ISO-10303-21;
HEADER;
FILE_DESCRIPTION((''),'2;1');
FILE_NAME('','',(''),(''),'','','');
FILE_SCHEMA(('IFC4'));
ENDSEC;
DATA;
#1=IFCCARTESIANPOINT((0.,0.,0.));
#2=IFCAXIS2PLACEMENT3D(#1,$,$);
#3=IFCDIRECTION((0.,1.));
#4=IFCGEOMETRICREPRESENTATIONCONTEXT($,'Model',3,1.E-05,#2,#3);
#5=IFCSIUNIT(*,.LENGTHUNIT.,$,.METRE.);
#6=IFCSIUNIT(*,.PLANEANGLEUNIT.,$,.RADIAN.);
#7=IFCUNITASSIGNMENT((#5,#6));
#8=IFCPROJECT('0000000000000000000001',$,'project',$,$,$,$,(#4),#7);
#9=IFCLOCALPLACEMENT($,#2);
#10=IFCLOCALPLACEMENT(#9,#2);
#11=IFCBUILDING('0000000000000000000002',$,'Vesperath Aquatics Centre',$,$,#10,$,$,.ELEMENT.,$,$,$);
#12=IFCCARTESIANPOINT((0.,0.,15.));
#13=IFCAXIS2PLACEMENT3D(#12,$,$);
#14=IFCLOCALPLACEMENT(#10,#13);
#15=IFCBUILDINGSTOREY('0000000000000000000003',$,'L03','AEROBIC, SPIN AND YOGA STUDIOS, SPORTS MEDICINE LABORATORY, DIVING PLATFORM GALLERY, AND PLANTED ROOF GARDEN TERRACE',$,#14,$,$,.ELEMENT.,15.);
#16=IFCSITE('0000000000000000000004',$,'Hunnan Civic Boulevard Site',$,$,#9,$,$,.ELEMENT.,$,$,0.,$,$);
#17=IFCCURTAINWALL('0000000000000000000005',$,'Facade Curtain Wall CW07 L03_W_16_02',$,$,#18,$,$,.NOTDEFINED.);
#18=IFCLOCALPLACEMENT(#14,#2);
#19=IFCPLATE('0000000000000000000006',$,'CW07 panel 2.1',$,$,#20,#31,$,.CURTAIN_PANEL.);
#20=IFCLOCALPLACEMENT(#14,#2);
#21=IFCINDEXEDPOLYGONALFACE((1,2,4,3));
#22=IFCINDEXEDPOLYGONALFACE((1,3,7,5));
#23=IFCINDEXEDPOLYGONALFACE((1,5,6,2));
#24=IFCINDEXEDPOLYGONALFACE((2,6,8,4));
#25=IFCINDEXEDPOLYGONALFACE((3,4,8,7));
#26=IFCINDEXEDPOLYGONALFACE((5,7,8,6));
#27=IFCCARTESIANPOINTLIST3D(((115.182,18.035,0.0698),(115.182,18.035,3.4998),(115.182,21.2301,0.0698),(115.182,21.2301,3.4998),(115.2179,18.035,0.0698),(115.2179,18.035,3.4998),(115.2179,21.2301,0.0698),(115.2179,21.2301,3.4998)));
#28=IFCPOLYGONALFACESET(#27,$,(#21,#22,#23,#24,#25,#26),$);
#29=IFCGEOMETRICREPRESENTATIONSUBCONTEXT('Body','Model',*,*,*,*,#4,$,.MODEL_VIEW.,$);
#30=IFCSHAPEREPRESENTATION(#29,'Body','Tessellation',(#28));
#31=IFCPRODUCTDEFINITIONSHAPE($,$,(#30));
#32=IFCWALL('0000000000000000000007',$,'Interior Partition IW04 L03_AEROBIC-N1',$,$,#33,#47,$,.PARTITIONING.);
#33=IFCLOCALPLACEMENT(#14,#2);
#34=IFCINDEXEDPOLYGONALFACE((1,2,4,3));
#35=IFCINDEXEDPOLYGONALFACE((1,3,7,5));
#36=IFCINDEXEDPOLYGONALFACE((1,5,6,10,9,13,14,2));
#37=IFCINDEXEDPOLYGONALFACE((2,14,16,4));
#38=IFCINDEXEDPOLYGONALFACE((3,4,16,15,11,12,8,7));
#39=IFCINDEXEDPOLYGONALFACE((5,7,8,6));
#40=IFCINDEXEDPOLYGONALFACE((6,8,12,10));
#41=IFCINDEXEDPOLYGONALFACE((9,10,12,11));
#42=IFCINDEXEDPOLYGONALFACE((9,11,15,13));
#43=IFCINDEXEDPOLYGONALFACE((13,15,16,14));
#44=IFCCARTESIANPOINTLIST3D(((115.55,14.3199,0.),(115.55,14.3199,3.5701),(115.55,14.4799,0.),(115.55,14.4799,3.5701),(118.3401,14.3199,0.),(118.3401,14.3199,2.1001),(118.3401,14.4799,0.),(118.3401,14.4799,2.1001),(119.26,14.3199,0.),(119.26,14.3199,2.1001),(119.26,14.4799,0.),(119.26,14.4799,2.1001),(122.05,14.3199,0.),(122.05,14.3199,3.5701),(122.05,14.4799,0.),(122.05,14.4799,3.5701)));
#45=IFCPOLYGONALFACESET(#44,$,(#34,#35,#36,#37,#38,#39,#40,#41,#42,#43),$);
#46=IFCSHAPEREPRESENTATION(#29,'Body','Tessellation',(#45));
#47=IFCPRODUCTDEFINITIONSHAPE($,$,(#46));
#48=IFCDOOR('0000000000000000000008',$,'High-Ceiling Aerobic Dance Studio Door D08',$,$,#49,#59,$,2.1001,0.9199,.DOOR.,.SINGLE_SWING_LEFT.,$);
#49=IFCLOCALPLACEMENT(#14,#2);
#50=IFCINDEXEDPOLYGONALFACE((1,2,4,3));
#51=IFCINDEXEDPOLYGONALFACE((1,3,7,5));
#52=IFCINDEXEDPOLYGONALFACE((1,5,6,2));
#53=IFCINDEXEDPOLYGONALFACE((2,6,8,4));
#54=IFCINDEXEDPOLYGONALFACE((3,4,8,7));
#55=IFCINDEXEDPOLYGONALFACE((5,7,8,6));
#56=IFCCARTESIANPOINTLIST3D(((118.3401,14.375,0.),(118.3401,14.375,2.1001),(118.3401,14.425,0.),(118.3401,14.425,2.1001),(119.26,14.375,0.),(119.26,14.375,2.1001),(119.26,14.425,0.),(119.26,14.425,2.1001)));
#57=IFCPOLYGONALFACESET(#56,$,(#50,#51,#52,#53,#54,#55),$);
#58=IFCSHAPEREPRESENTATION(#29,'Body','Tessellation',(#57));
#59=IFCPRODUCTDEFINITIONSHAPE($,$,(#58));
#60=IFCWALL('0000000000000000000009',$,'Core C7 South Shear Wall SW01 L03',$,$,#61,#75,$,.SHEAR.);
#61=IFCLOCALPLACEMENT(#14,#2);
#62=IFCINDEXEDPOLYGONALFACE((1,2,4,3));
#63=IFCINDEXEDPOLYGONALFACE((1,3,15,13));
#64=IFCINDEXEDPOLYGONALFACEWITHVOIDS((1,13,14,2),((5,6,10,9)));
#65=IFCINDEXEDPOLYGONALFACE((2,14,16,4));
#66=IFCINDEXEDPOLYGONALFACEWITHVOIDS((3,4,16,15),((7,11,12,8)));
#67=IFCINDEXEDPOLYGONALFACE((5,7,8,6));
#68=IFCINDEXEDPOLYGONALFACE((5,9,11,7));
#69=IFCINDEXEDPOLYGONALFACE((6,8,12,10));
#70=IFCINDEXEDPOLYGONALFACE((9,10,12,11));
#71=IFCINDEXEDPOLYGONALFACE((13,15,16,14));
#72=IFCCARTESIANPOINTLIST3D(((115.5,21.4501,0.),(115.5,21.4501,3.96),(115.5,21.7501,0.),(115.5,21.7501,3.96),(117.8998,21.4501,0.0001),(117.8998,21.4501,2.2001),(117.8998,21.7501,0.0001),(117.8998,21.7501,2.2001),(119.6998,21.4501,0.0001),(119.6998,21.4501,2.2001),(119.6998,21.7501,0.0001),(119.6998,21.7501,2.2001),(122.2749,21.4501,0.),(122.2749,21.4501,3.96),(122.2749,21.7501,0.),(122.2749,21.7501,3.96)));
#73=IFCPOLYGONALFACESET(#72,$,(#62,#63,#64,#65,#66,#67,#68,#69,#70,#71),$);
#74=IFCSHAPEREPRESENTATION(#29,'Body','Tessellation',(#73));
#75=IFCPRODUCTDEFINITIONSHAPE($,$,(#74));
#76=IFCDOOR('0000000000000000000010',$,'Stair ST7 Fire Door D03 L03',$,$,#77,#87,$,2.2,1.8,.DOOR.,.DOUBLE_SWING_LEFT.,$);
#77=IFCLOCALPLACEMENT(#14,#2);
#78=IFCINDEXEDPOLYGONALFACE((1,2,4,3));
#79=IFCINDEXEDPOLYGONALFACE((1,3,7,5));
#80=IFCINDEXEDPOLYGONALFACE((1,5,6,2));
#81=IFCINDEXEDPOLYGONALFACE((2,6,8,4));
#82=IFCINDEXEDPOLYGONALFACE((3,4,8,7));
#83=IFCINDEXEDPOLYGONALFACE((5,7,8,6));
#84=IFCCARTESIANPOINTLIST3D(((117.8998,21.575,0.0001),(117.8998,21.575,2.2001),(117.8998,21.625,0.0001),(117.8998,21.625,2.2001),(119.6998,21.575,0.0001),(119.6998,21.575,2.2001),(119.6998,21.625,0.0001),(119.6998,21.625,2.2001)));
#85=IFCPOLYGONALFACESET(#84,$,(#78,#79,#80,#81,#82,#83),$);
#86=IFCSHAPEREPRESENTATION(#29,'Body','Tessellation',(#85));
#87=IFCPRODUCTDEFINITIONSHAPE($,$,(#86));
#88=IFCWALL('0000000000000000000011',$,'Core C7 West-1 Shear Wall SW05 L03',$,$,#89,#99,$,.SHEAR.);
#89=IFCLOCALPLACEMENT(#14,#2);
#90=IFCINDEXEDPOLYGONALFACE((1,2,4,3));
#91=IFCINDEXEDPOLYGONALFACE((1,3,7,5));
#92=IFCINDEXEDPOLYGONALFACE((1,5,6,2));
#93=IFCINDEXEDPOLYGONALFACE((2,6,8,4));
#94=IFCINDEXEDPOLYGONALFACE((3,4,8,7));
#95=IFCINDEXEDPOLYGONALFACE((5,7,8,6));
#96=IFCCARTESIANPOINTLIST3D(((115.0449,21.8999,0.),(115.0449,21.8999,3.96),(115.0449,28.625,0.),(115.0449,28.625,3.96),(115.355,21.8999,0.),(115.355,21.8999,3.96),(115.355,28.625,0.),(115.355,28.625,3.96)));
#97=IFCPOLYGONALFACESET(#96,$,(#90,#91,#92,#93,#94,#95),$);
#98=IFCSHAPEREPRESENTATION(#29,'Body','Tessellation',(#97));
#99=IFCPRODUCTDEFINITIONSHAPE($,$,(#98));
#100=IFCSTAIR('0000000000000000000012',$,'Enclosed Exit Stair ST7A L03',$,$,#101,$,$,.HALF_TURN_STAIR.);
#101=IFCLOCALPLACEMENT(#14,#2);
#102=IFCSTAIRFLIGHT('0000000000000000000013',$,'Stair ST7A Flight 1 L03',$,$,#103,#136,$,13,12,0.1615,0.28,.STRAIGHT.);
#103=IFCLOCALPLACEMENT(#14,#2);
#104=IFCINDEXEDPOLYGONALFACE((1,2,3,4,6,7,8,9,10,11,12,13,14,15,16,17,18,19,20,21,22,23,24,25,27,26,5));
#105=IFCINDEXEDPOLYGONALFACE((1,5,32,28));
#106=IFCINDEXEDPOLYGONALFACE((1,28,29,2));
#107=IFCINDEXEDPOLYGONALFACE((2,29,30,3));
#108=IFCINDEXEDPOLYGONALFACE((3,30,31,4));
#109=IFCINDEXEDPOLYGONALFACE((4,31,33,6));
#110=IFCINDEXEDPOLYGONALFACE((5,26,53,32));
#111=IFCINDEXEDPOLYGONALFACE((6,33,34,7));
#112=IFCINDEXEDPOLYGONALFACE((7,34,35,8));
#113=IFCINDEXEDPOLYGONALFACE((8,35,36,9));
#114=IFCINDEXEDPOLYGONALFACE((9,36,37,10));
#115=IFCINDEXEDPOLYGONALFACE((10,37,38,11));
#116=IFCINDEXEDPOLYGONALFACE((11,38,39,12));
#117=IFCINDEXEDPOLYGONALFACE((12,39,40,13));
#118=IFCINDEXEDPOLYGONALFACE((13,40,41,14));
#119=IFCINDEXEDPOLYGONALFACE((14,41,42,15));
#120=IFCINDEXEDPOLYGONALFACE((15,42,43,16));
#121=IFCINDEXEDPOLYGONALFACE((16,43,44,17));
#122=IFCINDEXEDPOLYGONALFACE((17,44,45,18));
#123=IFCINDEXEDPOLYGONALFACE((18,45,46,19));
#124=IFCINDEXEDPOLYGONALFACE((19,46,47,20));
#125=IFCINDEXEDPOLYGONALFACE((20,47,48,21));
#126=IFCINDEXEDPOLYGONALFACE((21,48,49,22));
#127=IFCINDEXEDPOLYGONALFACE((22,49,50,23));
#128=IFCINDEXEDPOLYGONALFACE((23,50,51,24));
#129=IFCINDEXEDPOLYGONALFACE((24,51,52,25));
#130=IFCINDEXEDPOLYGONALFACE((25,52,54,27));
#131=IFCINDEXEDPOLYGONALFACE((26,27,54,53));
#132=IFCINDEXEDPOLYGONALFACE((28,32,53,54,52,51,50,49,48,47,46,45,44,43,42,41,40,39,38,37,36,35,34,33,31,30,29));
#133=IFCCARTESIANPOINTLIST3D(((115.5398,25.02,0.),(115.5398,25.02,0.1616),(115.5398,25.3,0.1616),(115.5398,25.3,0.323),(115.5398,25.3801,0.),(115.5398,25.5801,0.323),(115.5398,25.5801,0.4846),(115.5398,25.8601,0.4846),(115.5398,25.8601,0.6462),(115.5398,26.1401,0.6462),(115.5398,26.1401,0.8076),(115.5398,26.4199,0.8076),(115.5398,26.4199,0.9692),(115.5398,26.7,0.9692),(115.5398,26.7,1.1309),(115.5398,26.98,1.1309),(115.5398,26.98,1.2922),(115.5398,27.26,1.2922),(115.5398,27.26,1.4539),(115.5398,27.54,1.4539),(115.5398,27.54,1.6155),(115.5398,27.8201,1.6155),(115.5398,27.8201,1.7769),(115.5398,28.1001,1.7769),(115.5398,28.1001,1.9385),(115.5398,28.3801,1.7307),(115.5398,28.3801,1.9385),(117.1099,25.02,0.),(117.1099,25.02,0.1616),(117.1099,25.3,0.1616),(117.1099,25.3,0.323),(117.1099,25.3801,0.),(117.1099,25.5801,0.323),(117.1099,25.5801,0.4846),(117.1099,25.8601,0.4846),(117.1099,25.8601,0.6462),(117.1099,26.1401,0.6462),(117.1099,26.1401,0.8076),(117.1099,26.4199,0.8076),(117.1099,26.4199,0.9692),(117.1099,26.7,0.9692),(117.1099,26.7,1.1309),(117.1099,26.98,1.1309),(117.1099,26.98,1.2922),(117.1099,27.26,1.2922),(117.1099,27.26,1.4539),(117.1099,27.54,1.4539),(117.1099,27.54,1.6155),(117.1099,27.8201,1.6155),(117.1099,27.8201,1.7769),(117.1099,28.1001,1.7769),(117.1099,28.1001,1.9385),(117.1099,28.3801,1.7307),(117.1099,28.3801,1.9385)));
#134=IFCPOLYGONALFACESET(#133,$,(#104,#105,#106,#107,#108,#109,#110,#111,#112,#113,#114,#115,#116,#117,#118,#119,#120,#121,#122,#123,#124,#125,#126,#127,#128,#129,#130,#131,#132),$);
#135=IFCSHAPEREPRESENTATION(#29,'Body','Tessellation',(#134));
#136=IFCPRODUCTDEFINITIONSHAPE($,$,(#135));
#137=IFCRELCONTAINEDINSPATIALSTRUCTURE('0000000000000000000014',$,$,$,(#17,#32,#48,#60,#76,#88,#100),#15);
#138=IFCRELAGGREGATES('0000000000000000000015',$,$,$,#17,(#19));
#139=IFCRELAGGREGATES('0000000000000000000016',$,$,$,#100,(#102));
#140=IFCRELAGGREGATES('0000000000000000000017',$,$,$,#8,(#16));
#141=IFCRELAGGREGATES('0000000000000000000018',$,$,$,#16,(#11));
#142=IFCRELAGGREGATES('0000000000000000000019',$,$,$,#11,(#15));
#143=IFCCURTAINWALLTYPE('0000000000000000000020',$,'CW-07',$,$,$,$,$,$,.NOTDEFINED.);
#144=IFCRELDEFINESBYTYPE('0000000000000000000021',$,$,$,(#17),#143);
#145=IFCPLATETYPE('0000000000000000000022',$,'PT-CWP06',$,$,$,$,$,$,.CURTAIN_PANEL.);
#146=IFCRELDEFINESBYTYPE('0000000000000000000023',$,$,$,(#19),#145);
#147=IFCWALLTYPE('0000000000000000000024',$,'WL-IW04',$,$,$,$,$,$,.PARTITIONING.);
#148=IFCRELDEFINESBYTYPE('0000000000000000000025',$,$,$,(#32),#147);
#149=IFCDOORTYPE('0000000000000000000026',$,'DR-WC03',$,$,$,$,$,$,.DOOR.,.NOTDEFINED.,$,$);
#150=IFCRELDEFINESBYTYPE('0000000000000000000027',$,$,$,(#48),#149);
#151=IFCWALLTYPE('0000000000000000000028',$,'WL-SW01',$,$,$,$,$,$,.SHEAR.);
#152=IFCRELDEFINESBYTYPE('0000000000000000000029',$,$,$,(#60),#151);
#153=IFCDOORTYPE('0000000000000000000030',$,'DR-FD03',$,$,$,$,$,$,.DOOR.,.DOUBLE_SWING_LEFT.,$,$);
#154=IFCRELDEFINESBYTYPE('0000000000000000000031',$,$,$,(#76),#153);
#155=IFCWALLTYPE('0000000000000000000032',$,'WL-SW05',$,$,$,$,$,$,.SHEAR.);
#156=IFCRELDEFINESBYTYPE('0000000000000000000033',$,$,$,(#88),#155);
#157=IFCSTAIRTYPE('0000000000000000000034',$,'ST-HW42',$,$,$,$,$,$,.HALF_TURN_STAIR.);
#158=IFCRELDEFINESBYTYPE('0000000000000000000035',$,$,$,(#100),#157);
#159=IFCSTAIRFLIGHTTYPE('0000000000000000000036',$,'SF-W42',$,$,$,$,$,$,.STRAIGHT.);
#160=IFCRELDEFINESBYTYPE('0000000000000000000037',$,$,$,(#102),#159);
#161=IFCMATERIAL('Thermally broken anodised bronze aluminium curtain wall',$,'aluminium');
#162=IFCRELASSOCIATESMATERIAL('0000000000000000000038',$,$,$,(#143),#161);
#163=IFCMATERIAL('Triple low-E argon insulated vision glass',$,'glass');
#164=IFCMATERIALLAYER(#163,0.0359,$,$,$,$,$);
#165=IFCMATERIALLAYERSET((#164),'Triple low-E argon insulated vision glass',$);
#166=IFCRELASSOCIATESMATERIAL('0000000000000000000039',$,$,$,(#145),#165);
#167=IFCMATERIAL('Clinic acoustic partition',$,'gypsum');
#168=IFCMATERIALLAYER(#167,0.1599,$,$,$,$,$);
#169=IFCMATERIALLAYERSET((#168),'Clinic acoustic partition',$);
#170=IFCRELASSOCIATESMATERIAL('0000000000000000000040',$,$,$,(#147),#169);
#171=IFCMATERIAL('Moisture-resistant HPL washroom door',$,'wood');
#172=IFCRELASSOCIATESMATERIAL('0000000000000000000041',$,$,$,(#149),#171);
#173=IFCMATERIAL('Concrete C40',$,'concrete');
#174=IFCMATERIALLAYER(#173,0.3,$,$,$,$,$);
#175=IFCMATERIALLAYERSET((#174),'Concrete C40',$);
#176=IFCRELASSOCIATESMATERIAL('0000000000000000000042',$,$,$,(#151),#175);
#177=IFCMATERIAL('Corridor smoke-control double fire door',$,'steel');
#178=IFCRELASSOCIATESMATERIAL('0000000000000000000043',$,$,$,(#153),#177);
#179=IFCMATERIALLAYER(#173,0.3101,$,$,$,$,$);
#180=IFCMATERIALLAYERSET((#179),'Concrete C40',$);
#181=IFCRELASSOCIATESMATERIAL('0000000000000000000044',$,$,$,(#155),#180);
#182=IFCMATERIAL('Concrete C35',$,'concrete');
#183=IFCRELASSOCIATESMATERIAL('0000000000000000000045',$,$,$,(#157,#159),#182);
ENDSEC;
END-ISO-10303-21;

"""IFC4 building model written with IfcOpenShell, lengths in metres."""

from ifc_helpers import new_model, si_unit, direction, frame, frame_2d, origin, origin_2d, place, context, subcontext, project, spatial, polyline, rectangle, outline, extrude, material, layer, layer_set, type_object, element, fill, aggregate, save


model = new_model("IFC4")

# Units and contexts
model_context = context("Model", 3, precision=1e-05, world=origin(), true_north=direction((0.0, 1.0)))
body_context = subcontext(model_context, "Body", "Model", "MODEL_VIEW")
ifc_project = project(units=[si_unit("LENGTHUNIT", "METRE"), si_unit("PLANEANGLEUNIT", "RADIAN")], contexts=[model_context])

# Site, building, storey
site_placement = place(None, origin())
site = spatial("IfcSite", under=ifc_project, at=site_placement, Name="Hunnan Civic Boulevard Site", CompositionType="ELEMENT", RefElevation=0.0)
building_placement = place(site_placement, origin())
building = spatial("IfcBuilding", under=site, at=building_placement, Name="Vesperath Aquatics Centre", CompositionType="ELEMENT")
storey_placement = place(building_placement, frame((0.0, 0.0, 15.0)))
storey = spatial("IfcBuildingStorey", under=building, at=storey_placement, Name="L03", Description="AEROBIC, SPIN AND YOGA STUDIOS, SPORTS MEDICINE LABORATORY, DIVING PLATFORM GALLERY, AND PLANTED ROOF GARDEN TERRACE", CompositionType="ELEMENT", Elevation=15.0)

# Shared definitions
ifc_material_1 = material(Name="Concrete C40", Category="concrete")

# Shared definitions
ifc_material_2 = material(Name="Concrete C35", Category="concrete")

# Curtain wall, plate
ifc_material_3 = material(Name="Thermally broken anodised bronze aluminium curtain wall", Category="aluminium")
curtain_wall_type = type_object("IfcCurtainWallType", Name="CW-07", PredefinedType="NOTDEFINED", material=ifc_material_3)
curtain_wall_placement = place(storey_placement, origin())
curtain_wall = element("IfcCurtainWall", 1, at=curtain_wall_placement, inside=storey, type_object=curtain_wall_type, Name="Facade Curtain Wall CW07 L03_W_16_02", PredefinedType="NOTDEFINED")
ifc_material_4 = material(Name="Triple low-E argon insulated vision glass", Category="glass")
ifc_layer_1 = layer(ifc_material_4, 0.0359)
ifc_layer_set_1 = layer_set([ifc_layer_1], Name="Triple low-E argon insulated vision glass")
plate_type = type_object("IfcPlateType", Name="PT-CWP06", PredefinedType="CURTAIN_PANEL", material=ifc_layer_set_1)
plate_1_placement = place(storey_placement, frame((115.2, 19.6326, 0.0698), z_axis=(0.0, 0.0, 1.0), x_axis=(0.0, 1.0, 0.0)))
plate_1 = element("IfcPlate", 2, at=plate_1_placement, type_object=plate_type, Name="CW07 panel 2.1", PredefinedType="CURTAIN_PANEL", context=body_context, shape_type="SweptSolid", body=[
    extrude(rectangle(XDim=3.1951, YDim=0.0359, at=origin_2d()), origin(), (0.0, 0.0, 1.0), 3.4299),
])
aggregate(curtain_wall, [plate_1])

# Walls, openings, doors
ifc_material_5 = material(Name="Clinic acoustic partition", Category="gypsum")
ifc_layer_2 = layer(ifc_material_5, 0.1599)
ifc_layer_set_2 = layer_set([ifc_layer_2], Name="Clinic acoustic partition")
wall_type_1 = type_object("IfcWallType", Name="WL-IW04", PredefinedType="PARTITIONING", material=ifc_layer_set_2)
wall_1_placement = place(storey_placement, frame((115.55, 14.3999, 0.0), z_axis=(0.0, 0.0, 1.0), x_axis=(1.0, 0.0, 0.0)))
wall_1 = element("IfcWall", 3, at=wall_1_placement, inside=storey, type_object=wall_type_1, Name="Interior Partition IW04 L03_AEROBIC-N1", PredefinedType="PARTITIONING", context=body_context, shape_type="SweptSolid", body=[
    extrude(rectangle(XDim=6.5, YDim=0.1599, at=frame_2d((3.25, 0.0))), origin(), (0.0, 0.0, 1.0), 3.5701),
])
opening_1_placement = place(wall_1_placement, frame((2.79, 0.0, 0.0)))
opening_1 = element("IfcOpeningElement", 4, at=opening_1_placement, cuts=wall_1, PredefinedType="OPENING", context=body_context, shape_type="SweptSolid", body=[
    extrude(rectangle(XDim=0.9199, YDim=2.1001, at=frame_2d((0.46, 1.05))), frame((0.0, 0.0947, 0.0), z_axis=(0.0, -1.0, 0.0), x_axis=(1.0, 0.0, 0.0)), (0.0, 0.0, 1.0), 0.1897),
])
ifc_material_6 = material(Name="Moisture-resistant HPL washroom door", Category="wood")
door_type_1 = type_object("IfcDoorType", Name="DR-WC03", OperationType="NOTDEFINED", PredefinedType="DOOR", material=ifc_material_6)
door_1_placement = place(opening_1_placement, frame((0.9199, 0.0, 0.0), z_axis=(0.0, 0.0, 1.0), x_axis=(-1.0, 0.0, 0.0)))
door_1 = element("IfcDoor", 5, at=door_1_placement, inside=storey, type_object=door_type_1, Name="High-Ceiling Aerobic Dance Studio Door D08", OperationType="SINGLE_SWING_LEFT", OverallHeight=2.1001, OverallWidth=0.9199, PredefinedType="DOOR", context=body_context, shape_type="SweptSolid", body=[
    extrude(rectangle(XDim=0.9199, YDim=2.1001, at=frame_2d((0.46, 1.05))), frame((0.0, 0.0249, 0.0), z_axis=(0.0, -1.0, 0.0), x_axis=(1.0, 0.0, 0.0)), (0.0, 0.0, 1.0), 0.05),
])
fill(opening_1, door_1)
ifc_layer_3 = layer(ifc_material_1, 0.3)
ifc_layer_set_3 = layer_set([ifc_layer_3], Name="Concrete C40")
wall_type_2 = type_object("IfcWallType", Name="WL-SW01", PredefinedType="SHEAR", material=ifc_layer_set_3)
wall_2_placement = place(storey_placement, frame((115.5, 21.6001, 0.0), z_axis=(0.0, 0.0, 1.0), x_axis=(1.0, 0.0, 0.0)))
wall_2 = element("IfcWall", 6, at=wall_2_placement, inside=storey, type_object=wall_type_2, Name="Core C7 South Shear Wall SW01 L03", PredefinedType="SHEAR", context=body_context, shape_type="SweptSolid", body=[
    extrude(rectangle(XDim=6.7749, YDim=0.3, at=frame_2d((3.3875, 0.0))), origin(), (0.0, 0.0, 1.0), 3.96),
])
opening_2_placement = place(wall_2_placement, frame((2.3999, 0.0, 0.0)))
opening_2 = element("IfcOpeningElement", 7, at=opening_2_placement, cuts=wall_2, PredefinedType="OPENING", context=body_context, shape_type="SweptSolid", body=[
    extrude(rectangle(XDim=1.8, YDim=2.2, at=frame_2d((0.8999, 1.1001))), frame((0.0, 0.165, 0.0), z_axis=(0.0, -1.0, 0.0), x_axis=(1.0, 0.0, 0.0)), (0.0, 0.0, 1.0), 0.3298),
])
ifc_material_7 = material(Name="Corridor smoke-control double fire door", Category="steel")
door_type_2 = type_object("IfcDoorType", Name="DR-FD03", OperationType="DOUBLE_SWING_LEFT", PredefinedType="DOOR", material=ifc_material_7)
door_2_placement = place(opening_2_placement, origin())
door_2 = element("IfcDoor", 8, at=door_2_placement, inside=storey, type_object=door_type_2, Name="Stair ST7 Fire Door D03 L03", OperationType="DOUBLE_SWING_LEFT", OverallHeight=2.2, OverallWidth=1.8, PredefinedType="DOOR", context=body_context, shape_type="SweptSolid", body=[
    extrude(rectangle(XDim=1.8, YDim=2.2, at=frame_2d((0.8999, 1.1001))), frame((0.0, 0.0249, 0.0), z_axis=(0.0, -1.0, 0.0), x_axis=(1.0, 0.0, 0.0)), (0.0, 0.0, 1.0), 0.05),
])
fill(opening_2, door_2)

# Wall
ifc_layer_4 = layer(ifc_material_1, 0.3101)
ifc_layer_set_4 = layer_set([ifc_layer_4], Name="Concrete C40")
wall_type_3 = type_object("IfcWallType", Name="WL-SW05", PredefinedType="SHEAR", material=ifc_layer_set_4)
wall_3_placement = place(storey_placement, frame((115.2, 21.8999, 0.0), z_axis=(0.0, 0.0, 1.0), x_axis=(0.0, 1.0, 0.0)))
element("IfcWall", 9, at=wall_3_placement, inside=storey, type_object=wall_type_3, Name="Core C7 West-1 Shear Wall SW05 L03", PredefinedType="SHEAR", context=body_context, shape_type="SweptSolid", body=[
    extrude(rectangle(XDim=6.7251, YDim=0.3101, at=frame_2d((3.3625, 0.0))), origin(), (0.0, 0.0, 1.0), 3.96),
])

# Stair, stair flight
stair_type = type_object("IfcStairType", Name="ST-HW42", PredefinedType="HALF_TURN_STAIR", material=ifc_material_2)
stair_placement = place(storey_placement, origin())
stair = element("IfcStair", 10, at=stair_placement, inside=storey, type_object=stair_type, Name="Enclosed Exit Stair ST7A L03", PredefinedType="HALF_TURN_STAIR")
stair_flight_type = type_object("IfcStairFlightType", Name="SF-W42", PredefinedType="STRAIGHT", material=ifc_material_2)
stair_flight_placement = place(storey_placement, frame((116.325, 25.02, 0.0), z_axis=(0.0, 0.0, 1.0), x_axis=(0.0, 1.0, 0.0)))
stair_flight = element("IfcStairFlight", 11, at=stair_flight_placement, type_object=stair_flight_type, Name="Stair ST7A Flight 1 L03", NumberOfRisers=13, NumberOfTreads=12, PredefinedType="STRAIGHT", RiserHeight=0.1615, TreadLength=0.28, context=body_context, shape_type="SweptSolid", body=[
    extrude(outline(polyline([(0.0, 0.0), (0.0, 0.1616), (0.28, 0.1616), (0.28, 0.323), (0.5601, 0.323), (0.5601, 0.4846), (0.8401, 0.4846), (0.8401, 0.6462), (1.1201, 0.6462), (1.1201, 0.8076), (1.3999, 0.8076), (1.3999, 0.9692), (1.6799, 0.9692), (1.6799, 1.1309), (1.96, 1.1309), (1.96, 1.2922), (2.24, 1.2922), (2.24, 1.4539), (2.52, 1.4539), (2.52, 1.6155), (2.8, 1.6155), (2.8, 1.7769), (3.0801, 1.7769), (3.0801, 1.9385), (3.3601, 1.9385), (3.3601, 2.1001), (3.3601, 1.7307), (0.3601, 0.0), (0.0, 0.0)])), frame((0.0, 0.7852, 0.0), z_axis=(0.0, -1.0, 0.0), x_axis=(1.0, 0.0, 0.0)), (0.0, 0.0, 1.0), 1.5701),
])
aggregate(stair, [stair_flight])

save(model, "model.ifc")
